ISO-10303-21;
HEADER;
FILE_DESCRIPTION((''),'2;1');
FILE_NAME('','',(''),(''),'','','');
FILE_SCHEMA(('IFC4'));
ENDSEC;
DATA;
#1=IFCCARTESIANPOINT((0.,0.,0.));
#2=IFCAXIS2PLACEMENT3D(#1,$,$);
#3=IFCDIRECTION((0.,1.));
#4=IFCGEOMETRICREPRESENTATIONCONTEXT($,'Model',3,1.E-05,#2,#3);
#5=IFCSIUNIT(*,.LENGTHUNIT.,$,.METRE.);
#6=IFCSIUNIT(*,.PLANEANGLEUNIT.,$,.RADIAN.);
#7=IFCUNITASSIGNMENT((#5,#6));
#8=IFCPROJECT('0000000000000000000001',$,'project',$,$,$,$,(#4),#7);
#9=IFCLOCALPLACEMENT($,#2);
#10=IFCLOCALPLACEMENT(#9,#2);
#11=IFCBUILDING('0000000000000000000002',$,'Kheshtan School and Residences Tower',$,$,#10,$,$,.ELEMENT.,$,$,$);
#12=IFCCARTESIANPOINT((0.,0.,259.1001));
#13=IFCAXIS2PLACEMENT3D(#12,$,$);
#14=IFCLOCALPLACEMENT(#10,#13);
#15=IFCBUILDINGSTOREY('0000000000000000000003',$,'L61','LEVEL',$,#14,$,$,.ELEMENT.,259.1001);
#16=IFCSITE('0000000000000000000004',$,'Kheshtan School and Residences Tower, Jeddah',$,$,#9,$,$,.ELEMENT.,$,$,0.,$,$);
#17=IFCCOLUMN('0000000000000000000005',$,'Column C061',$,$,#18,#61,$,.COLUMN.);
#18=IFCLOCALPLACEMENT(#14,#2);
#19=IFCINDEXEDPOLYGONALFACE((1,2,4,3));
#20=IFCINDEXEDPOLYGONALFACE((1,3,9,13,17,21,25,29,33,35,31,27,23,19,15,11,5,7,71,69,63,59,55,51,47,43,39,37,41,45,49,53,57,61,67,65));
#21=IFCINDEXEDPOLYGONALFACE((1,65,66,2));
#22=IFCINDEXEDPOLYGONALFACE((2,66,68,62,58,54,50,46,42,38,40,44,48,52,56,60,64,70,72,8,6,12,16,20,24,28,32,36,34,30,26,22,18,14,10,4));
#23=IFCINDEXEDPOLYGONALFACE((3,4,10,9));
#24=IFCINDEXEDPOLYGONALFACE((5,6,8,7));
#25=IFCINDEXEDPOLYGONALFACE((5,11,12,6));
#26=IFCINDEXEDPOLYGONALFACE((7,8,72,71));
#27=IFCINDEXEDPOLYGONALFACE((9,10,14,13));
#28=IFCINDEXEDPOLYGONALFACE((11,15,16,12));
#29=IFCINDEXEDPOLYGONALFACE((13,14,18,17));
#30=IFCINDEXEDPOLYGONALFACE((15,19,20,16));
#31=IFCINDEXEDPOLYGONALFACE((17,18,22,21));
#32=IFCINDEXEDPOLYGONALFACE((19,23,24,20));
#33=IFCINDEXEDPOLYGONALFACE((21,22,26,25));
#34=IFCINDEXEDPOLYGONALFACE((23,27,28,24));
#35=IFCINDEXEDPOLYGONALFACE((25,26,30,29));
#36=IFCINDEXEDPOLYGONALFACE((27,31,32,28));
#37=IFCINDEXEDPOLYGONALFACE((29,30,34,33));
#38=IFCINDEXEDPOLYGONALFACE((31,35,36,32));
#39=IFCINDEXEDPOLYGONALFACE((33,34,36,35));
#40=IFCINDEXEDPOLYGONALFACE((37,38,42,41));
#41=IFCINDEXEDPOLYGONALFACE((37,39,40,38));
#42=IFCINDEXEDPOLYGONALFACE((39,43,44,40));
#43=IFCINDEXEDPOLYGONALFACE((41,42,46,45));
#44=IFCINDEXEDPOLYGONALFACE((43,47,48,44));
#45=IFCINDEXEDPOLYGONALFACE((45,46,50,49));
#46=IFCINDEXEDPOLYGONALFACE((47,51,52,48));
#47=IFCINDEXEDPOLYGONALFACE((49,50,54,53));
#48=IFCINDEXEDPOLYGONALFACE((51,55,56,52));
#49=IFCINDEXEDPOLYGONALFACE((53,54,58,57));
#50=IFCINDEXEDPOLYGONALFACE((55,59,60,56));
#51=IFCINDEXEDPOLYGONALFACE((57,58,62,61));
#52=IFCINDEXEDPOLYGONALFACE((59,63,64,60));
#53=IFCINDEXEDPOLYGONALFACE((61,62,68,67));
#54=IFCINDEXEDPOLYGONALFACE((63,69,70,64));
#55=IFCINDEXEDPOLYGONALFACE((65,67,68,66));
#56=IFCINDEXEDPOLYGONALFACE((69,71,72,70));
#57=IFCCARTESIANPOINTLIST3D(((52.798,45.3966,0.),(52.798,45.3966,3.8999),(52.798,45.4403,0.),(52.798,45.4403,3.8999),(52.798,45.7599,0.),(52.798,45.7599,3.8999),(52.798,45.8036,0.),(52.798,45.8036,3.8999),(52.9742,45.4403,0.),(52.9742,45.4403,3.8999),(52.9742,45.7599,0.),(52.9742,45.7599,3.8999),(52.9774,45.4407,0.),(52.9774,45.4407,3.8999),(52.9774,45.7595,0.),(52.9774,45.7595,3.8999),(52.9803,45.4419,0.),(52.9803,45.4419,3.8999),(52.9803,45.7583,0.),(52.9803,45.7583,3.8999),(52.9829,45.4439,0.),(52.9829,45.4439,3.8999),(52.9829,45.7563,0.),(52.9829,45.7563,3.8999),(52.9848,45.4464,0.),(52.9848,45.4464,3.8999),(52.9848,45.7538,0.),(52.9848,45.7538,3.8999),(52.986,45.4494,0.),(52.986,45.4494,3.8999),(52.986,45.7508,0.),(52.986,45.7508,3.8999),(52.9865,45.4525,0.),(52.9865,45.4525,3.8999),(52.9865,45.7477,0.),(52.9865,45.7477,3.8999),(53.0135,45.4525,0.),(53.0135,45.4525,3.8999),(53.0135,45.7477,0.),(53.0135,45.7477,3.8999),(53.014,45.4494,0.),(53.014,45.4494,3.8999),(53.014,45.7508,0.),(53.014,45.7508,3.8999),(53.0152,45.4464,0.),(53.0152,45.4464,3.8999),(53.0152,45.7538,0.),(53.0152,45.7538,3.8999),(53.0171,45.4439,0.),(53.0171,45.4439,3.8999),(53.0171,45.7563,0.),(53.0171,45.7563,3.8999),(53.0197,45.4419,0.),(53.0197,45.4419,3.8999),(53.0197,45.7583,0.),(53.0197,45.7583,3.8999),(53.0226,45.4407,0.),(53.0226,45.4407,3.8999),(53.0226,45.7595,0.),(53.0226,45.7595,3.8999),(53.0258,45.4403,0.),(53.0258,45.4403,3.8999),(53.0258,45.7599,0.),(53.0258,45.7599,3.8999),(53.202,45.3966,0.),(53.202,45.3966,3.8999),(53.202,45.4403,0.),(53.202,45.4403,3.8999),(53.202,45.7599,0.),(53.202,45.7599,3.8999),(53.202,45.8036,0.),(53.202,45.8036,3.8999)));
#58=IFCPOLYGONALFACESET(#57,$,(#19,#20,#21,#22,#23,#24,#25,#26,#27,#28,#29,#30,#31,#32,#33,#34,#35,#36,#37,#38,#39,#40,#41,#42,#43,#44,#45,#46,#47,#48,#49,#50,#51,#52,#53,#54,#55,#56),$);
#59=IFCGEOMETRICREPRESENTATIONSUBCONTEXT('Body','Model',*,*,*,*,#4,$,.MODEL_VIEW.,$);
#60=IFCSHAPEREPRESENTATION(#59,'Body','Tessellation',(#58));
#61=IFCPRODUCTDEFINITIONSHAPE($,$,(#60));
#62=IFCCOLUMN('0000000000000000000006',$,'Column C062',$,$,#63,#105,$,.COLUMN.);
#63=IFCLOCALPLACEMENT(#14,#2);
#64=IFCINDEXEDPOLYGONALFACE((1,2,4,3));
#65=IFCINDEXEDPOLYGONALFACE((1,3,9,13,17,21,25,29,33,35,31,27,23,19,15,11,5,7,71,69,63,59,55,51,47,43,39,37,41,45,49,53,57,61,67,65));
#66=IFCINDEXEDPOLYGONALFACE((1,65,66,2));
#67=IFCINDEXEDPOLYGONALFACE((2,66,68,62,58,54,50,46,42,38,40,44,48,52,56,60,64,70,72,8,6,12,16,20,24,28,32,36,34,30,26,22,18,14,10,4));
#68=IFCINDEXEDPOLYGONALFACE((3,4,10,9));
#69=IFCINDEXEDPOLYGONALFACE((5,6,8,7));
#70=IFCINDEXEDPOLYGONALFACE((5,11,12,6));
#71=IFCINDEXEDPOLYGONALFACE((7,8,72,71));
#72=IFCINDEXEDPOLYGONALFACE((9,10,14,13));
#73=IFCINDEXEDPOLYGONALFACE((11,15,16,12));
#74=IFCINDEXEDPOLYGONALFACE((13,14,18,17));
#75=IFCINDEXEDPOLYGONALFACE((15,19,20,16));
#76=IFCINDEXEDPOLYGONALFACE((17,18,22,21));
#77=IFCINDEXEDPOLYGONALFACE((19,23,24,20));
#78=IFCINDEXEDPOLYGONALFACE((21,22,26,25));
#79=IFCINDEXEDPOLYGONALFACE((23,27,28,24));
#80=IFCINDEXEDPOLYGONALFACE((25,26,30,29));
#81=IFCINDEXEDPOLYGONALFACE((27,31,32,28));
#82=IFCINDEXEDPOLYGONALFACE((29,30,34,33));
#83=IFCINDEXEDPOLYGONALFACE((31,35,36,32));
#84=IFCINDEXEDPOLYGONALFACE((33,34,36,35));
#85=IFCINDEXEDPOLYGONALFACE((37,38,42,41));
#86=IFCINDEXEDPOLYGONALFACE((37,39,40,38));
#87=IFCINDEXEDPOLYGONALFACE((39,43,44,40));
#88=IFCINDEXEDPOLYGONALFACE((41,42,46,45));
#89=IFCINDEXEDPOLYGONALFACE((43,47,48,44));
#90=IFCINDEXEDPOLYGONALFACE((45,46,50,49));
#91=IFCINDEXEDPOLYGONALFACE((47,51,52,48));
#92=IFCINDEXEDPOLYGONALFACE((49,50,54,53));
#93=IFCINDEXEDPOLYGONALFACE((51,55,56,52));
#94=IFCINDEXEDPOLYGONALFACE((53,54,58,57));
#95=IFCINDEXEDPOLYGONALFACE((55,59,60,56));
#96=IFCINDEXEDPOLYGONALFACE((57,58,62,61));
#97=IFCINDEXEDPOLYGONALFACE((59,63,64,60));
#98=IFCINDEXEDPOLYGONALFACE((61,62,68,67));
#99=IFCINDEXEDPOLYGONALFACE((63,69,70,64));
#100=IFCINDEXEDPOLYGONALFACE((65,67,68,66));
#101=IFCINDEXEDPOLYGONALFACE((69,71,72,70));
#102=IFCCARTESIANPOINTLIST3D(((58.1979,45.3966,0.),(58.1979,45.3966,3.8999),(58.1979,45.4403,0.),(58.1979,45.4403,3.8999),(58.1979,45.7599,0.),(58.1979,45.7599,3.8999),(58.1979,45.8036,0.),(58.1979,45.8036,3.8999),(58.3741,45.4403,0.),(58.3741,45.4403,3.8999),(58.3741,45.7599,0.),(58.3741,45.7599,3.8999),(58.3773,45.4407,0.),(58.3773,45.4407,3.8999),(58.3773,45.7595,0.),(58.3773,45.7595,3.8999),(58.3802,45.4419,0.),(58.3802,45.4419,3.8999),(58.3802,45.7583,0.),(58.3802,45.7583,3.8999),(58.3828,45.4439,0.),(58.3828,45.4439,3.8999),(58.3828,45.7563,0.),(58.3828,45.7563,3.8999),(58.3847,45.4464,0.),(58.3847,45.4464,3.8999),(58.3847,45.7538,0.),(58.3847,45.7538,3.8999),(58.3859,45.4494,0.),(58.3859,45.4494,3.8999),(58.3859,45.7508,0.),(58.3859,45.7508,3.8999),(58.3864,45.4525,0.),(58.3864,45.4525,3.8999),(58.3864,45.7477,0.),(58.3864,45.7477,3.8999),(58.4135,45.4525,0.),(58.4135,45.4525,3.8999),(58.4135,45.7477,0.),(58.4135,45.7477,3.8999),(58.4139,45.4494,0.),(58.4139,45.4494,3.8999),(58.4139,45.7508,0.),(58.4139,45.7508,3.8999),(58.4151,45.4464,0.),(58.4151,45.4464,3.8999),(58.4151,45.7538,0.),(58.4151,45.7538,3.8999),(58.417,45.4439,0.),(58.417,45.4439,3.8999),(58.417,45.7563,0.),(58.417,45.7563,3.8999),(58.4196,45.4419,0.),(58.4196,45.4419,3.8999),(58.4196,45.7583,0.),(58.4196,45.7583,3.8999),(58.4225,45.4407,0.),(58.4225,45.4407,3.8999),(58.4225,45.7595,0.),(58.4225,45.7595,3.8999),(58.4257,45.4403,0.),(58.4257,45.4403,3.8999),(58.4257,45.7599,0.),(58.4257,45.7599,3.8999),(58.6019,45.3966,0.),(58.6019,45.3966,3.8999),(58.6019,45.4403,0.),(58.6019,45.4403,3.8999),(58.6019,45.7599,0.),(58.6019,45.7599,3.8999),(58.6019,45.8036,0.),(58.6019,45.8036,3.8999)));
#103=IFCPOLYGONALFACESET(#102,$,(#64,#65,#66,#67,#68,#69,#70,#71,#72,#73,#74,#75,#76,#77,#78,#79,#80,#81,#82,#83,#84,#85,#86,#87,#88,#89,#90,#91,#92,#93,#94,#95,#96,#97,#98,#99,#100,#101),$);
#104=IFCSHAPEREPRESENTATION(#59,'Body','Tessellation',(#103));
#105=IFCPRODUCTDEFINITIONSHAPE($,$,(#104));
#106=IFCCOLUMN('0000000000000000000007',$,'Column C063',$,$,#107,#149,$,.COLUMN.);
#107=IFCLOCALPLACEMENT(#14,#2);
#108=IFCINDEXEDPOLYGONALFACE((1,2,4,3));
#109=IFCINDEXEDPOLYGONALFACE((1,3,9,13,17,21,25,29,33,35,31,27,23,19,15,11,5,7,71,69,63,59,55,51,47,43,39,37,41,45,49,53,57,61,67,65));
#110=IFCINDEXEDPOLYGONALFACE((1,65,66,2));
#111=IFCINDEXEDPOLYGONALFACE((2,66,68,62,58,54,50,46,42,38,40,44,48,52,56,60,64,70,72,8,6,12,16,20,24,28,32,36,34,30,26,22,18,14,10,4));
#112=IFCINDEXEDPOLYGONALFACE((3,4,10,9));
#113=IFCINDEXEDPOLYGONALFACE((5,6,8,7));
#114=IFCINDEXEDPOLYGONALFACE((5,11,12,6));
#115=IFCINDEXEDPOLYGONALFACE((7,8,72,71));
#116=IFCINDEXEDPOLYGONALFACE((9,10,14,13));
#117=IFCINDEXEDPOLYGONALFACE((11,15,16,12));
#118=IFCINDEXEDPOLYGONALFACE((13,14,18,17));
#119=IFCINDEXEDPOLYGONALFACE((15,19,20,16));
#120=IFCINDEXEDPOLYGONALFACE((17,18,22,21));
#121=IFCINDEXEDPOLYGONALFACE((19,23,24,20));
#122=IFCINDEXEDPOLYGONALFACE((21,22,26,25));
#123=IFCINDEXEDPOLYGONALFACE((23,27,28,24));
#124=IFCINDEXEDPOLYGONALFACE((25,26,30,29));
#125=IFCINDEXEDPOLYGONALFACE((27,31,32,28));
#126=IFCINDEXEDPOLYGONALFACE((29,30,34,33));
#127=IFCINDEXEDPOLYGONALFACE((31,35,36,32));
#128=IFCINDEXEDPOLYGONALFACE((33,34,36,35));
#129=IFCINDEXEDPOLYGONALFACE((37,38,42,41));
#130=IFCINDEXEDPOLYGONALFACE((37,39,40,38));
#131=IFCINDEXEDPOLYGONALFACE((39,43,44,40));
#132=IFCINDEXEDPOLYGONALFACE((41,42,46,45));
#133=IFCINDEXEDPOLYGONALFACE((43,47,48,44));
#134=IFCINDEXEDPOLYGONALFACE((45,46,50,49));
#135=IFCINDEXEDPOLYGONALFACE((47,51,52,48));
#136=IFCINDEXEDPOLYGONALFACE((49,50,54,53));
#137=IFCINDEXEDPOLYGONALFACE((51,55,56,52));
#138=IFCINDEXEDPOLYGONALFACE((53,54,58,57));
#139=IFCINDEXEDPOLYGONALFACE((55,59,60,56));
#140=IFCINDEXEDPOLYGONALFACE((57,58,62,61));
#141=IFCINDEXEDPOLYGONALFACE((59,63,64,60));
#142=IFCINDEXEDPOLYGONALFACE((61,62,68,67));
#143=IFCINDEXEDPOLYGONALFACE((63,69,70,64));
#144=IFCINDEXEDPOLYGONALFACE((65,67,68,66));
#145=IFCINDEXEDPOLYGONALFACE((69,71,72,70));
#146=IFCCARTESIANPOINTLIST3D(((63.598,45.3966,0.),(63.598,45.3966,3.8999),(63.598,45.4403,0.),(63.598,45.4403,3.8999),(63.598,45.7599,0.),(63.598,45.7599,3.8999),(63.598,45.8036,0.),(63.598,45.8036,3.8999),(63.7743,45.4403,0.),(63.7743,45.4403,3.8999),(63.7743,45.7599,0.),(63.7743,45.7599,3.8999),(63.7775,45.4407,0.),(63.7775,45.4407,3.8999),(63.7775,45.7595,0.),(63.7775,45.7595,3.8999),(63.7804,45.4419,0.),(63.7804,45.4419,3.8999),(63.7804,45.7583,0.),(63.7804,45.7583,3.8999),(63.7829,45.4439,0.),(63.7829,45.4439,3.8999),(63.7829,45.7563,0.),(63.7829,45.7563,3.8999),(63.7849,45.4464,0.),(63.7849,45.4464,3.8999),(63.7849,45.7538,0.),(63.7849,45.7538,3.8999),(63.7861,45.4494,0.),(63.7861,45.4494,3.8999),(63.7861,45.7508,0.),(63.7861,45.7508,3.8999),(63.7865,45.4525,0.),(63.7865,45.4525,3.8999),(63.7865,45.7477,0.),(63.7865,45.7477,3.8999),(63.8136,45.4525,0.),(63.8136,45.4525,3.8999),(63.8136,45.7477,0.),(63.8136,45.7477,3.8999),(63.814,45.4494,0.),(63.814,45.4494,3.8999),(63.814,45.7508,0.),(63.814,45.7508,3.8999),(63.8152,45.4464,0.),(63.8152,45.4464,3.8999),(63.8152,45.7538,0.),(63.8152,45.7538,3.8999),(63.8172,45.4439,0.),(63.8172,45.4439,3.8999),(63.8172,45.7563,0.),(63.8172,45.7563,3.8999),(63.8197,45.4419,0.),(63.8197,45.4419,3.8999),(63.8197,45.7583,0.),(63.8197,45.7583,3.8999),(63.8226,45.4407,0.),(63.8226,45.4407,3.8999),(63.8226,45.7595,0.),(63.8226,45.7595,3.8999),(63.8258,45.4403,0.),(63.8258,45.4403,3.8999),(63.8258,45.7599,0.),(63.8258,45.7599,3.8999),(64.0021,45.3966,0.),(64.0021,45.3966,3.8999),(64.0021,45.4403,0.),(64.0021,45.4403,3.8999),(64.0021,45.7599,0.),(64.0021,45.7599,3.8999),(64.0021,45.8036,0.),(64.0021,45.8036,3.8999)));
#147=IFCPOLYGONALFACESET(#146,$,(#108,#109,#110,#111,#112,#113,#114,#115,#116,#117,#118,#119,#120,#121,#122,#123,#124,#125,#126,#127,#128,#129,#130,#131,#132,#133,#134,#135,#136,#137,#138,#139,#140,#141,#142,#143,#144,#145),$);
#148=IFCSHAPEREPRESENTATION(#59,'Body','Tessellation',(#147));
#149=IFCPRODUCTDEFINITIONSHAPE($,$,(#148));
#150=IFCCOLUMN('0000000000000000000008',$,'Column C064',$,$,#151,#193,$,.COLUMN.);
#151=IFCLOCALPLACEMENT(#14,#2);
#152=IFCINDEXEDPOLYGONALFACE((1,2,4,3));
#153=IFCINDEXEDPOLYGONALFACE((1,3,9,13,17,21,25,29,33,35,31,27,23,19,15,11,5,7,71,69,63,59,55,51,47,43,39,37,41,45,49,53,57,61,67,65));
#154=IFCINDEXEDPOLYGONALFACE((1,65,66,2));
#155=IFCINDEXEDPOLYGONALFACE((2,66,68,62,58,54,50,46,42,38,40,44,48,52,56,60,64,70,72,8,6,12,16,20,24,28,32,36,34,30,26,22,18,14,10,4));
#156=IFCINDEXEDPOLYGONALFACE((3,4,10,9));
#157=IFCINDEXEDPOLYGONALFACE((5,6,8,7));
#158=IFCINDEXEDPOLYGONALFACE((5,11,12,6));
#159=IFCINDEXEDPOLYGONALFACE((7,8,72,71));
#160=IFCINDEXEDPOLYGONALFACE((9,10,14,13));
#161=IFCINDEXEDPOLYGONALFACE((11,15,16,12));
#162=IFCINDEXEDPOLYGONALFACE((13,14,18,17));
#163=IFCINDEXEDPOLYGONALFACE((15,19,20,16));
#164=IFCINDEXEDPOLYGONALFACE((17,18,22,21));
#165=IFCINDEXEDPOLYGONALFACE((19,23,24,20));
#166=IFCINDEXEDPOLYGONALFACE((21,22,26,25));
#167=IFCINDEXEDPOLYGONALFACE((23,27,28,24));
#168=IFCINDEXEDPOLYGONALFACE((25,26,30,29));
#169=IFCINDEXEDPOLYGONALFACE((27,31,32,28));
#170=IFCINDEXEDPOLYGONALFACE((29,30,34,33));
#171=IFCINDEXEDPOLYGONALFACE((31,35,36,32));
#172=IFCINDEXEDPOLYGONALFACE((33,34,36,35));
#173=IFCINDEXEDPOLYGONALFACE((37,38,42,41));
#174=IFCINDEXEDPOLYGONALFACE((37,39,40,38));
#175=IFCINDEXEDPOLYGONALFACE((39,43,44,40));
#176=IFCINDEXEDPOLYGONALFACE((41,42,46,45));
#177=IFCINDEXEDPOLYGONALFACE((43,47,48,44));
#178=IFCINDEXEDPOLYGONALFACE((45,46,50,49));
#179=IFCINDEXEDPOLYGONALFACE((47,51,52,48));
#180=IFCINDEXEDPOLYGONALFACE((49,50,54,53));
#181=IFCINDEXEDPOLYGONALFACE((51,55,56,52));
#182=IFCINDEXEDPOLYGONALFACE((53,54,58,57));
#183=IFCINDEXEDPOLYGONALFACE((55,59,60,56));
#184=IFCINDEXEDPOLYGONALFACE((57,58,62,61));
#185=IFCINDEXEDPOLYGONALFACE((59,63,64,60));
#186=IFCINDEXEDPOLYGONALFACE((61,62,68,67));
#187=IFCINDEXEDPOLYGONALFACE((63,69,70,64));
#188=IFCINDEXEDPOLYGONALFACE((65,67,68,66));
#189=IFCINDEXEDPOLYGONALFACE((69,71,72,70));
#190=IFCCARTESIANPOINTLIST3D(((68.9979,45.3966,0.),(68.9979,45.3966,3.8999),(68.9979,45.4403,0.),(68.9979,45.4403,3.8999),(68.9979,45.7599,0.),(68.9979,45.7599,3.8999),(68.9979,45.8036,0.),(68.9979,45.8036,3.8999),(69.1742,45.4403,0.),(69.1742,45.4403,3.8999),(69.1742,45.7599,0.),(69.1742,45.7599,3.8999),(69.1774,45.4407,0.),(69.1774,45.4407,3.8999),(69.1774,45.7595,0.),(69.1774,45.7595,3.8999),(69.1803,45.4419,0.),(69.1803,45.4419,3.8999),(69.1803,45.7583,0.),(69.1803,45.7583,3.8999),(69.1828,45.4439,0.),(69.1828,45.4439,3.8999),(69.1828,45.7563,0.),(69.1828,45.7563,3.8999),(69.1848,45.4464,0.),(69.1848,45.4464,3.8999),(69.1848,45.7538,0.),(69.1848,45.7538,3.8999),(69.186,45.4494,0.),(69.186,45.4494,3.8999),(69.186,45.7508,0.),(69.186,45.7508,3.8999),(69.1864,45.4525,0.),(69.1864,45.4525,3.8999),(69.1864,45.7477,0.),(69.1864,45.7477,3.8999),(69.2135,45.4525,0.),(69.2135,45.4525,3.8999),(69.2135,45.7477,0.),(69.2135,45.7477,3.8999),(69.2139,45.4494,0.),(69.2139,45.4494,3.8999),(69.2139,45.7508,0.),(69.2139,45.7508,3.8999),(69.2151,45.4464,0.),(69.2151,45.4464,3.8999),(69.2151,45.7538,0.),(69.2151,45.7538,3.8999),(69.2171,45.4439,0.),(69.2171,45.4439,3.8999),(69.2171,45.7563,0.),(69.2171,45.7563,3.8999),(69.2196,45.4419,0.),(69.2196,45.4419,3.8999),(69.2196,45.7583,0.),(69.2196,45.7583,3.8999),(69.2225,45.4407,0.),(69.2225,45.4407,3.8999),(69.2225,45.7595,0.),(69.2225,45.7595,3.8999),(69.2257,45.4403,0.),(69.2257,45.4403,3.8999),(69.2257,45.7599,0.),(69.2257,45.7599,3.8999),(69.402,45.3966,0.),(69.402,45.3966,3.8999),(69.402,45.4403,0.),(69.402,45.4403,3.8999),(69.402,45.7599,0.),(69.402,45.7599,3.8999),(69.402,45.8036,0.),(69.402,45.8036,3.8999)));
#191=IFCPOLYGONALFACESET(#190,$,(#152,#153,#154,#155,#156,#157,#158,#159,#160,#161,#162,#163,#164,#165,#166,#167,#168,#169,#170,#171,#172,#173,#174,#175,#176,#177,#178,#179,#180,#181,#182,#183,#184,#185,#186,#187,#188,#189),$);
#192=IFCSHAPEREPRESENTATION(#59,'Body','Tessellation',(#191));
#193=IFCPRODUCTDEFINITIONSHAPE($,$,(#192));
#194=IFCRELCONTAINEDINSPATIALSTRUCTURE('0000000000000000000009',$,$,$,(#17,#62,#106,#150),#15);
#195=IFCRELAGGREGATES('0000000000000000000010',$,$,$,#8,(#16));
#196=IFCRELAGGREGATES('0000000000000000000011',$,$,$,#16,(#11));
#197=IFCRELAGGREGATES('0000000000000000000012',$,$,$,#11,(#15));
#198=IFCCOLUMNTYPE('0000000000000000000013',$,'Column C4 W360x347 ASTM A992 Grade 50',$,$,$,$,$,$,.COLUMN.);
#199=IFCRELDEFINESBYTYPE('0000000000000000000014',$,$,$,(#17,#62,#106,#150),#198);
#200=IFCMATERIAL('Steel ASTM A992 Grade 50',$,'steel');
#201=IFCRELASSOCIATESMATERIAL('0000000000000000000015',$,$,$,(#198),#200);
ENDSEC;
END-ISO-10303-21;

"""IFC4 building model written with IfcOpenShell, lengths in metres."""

from ifc_helpers import new_model, si_unit, direction, frame, origin, origin_2d, place, context, subcontext, project, spatial, i_section, extrude, material, material_profile, profile_set, type_object, element, save


model = new_model("IFC4")

# Units and contexts
model_context = context("Model", 3, precision=1e-05, world=origin(), true_north=direction((0.0, 1.0)))
body_context = subcontext(model_context, "Body", "Model", "MODEL_VIEW")
ifc_project = project(units=[si_unit("LENGTHUNIT", "METRE"), si_unit("PLANEANGLEUNIT", "RADIAN")], contexts=[model_context])

# Site, building, storey
site_placement = place(None, origin())
site = spatial("IfcSite", under=ifc_project, at=site_placement, Name="Kheshtan School and Residences Tower, Jeddah", CompositionType="ELEMENT", RefElevation=0.0)
building_placement = place(site_placement, origin())
building = spatial("IfcBuilding", under=site, at=building_placement, Name="Kheshtan School and Residences Tower", CompositionType="ELEMENT")
storey_placement = place(building_placement, frame((0.0, 0.0, 259.1001)))
storey = spatial("IfcBuildingStorey", under=building, at=storey_placement, Name="L61", Description="LEVEL", CompositionType="ELEMENT", Elevation=259.1001)

# Columns
ifc_material_1 = material(Name="Steel ASTM A992 Grade 50", Category="steel")
ifc_material_profile_1 = material_profile(ifc_material_1, i_section(OverallWidth=0.4041, OverallDepth=0.407, WebThickness=0.0271, FlangeThickness=0.0437, FilletRadius=0.0122, at=origin_2d()), Name="W360x347")
ifc_profile_set_1 = profile_set([ifc_material_profile_1], Name="Steel ASTM A992 Grade 50")
column_type = type_object("IfcColumnType", Name="Column C4 W360x347 ASTM A992 Grade 50", PredefinedType="COLUMN", material=ifc_profile_set_1)
for number, where, z_axis, x_axis, name in (
    (1, (53.0, 45.6001, 0.0), (0.0, 0.0, 1.0), (1.0, 0.0, 0.0), "Column C061"),
    (2, (58.3999, 45.6001, 0.0), (0.0, 0.0, 1.0), (1.0, 0.0, 0.0), "Column C062"),
    (3, (63.8, 45.6001, 0.0), (0.0, 0.0, 1.0), (1.0, 0.0, 0.0), "Column C063"),
    (4, (69.2, 45.6001, 0.0), (0.0, 0.0, 1.0), (1.0, 0.0, 0.0), "Column C064"),
):
    element("IfcColumn", number, at=place(storey_placement, frame(where, z_axis=z_axis, x_axis=x_axis)), inside=storey, type_object=column_type, Name=name, PredefinedType="COLUMN", context=body_context, shape_type="SweptSolid", body=[
        extrude(i_section(OverallWidth=0.4041, OverallDepth=0.407, WebThickness=0.0271, FlangeThickness=0.0437, FilletRadius=0.0122, at=origin_2d()), origin(), (0.0, 0.0, 1.0), 3.8999),
    ])

save(model, "model.ifc")
